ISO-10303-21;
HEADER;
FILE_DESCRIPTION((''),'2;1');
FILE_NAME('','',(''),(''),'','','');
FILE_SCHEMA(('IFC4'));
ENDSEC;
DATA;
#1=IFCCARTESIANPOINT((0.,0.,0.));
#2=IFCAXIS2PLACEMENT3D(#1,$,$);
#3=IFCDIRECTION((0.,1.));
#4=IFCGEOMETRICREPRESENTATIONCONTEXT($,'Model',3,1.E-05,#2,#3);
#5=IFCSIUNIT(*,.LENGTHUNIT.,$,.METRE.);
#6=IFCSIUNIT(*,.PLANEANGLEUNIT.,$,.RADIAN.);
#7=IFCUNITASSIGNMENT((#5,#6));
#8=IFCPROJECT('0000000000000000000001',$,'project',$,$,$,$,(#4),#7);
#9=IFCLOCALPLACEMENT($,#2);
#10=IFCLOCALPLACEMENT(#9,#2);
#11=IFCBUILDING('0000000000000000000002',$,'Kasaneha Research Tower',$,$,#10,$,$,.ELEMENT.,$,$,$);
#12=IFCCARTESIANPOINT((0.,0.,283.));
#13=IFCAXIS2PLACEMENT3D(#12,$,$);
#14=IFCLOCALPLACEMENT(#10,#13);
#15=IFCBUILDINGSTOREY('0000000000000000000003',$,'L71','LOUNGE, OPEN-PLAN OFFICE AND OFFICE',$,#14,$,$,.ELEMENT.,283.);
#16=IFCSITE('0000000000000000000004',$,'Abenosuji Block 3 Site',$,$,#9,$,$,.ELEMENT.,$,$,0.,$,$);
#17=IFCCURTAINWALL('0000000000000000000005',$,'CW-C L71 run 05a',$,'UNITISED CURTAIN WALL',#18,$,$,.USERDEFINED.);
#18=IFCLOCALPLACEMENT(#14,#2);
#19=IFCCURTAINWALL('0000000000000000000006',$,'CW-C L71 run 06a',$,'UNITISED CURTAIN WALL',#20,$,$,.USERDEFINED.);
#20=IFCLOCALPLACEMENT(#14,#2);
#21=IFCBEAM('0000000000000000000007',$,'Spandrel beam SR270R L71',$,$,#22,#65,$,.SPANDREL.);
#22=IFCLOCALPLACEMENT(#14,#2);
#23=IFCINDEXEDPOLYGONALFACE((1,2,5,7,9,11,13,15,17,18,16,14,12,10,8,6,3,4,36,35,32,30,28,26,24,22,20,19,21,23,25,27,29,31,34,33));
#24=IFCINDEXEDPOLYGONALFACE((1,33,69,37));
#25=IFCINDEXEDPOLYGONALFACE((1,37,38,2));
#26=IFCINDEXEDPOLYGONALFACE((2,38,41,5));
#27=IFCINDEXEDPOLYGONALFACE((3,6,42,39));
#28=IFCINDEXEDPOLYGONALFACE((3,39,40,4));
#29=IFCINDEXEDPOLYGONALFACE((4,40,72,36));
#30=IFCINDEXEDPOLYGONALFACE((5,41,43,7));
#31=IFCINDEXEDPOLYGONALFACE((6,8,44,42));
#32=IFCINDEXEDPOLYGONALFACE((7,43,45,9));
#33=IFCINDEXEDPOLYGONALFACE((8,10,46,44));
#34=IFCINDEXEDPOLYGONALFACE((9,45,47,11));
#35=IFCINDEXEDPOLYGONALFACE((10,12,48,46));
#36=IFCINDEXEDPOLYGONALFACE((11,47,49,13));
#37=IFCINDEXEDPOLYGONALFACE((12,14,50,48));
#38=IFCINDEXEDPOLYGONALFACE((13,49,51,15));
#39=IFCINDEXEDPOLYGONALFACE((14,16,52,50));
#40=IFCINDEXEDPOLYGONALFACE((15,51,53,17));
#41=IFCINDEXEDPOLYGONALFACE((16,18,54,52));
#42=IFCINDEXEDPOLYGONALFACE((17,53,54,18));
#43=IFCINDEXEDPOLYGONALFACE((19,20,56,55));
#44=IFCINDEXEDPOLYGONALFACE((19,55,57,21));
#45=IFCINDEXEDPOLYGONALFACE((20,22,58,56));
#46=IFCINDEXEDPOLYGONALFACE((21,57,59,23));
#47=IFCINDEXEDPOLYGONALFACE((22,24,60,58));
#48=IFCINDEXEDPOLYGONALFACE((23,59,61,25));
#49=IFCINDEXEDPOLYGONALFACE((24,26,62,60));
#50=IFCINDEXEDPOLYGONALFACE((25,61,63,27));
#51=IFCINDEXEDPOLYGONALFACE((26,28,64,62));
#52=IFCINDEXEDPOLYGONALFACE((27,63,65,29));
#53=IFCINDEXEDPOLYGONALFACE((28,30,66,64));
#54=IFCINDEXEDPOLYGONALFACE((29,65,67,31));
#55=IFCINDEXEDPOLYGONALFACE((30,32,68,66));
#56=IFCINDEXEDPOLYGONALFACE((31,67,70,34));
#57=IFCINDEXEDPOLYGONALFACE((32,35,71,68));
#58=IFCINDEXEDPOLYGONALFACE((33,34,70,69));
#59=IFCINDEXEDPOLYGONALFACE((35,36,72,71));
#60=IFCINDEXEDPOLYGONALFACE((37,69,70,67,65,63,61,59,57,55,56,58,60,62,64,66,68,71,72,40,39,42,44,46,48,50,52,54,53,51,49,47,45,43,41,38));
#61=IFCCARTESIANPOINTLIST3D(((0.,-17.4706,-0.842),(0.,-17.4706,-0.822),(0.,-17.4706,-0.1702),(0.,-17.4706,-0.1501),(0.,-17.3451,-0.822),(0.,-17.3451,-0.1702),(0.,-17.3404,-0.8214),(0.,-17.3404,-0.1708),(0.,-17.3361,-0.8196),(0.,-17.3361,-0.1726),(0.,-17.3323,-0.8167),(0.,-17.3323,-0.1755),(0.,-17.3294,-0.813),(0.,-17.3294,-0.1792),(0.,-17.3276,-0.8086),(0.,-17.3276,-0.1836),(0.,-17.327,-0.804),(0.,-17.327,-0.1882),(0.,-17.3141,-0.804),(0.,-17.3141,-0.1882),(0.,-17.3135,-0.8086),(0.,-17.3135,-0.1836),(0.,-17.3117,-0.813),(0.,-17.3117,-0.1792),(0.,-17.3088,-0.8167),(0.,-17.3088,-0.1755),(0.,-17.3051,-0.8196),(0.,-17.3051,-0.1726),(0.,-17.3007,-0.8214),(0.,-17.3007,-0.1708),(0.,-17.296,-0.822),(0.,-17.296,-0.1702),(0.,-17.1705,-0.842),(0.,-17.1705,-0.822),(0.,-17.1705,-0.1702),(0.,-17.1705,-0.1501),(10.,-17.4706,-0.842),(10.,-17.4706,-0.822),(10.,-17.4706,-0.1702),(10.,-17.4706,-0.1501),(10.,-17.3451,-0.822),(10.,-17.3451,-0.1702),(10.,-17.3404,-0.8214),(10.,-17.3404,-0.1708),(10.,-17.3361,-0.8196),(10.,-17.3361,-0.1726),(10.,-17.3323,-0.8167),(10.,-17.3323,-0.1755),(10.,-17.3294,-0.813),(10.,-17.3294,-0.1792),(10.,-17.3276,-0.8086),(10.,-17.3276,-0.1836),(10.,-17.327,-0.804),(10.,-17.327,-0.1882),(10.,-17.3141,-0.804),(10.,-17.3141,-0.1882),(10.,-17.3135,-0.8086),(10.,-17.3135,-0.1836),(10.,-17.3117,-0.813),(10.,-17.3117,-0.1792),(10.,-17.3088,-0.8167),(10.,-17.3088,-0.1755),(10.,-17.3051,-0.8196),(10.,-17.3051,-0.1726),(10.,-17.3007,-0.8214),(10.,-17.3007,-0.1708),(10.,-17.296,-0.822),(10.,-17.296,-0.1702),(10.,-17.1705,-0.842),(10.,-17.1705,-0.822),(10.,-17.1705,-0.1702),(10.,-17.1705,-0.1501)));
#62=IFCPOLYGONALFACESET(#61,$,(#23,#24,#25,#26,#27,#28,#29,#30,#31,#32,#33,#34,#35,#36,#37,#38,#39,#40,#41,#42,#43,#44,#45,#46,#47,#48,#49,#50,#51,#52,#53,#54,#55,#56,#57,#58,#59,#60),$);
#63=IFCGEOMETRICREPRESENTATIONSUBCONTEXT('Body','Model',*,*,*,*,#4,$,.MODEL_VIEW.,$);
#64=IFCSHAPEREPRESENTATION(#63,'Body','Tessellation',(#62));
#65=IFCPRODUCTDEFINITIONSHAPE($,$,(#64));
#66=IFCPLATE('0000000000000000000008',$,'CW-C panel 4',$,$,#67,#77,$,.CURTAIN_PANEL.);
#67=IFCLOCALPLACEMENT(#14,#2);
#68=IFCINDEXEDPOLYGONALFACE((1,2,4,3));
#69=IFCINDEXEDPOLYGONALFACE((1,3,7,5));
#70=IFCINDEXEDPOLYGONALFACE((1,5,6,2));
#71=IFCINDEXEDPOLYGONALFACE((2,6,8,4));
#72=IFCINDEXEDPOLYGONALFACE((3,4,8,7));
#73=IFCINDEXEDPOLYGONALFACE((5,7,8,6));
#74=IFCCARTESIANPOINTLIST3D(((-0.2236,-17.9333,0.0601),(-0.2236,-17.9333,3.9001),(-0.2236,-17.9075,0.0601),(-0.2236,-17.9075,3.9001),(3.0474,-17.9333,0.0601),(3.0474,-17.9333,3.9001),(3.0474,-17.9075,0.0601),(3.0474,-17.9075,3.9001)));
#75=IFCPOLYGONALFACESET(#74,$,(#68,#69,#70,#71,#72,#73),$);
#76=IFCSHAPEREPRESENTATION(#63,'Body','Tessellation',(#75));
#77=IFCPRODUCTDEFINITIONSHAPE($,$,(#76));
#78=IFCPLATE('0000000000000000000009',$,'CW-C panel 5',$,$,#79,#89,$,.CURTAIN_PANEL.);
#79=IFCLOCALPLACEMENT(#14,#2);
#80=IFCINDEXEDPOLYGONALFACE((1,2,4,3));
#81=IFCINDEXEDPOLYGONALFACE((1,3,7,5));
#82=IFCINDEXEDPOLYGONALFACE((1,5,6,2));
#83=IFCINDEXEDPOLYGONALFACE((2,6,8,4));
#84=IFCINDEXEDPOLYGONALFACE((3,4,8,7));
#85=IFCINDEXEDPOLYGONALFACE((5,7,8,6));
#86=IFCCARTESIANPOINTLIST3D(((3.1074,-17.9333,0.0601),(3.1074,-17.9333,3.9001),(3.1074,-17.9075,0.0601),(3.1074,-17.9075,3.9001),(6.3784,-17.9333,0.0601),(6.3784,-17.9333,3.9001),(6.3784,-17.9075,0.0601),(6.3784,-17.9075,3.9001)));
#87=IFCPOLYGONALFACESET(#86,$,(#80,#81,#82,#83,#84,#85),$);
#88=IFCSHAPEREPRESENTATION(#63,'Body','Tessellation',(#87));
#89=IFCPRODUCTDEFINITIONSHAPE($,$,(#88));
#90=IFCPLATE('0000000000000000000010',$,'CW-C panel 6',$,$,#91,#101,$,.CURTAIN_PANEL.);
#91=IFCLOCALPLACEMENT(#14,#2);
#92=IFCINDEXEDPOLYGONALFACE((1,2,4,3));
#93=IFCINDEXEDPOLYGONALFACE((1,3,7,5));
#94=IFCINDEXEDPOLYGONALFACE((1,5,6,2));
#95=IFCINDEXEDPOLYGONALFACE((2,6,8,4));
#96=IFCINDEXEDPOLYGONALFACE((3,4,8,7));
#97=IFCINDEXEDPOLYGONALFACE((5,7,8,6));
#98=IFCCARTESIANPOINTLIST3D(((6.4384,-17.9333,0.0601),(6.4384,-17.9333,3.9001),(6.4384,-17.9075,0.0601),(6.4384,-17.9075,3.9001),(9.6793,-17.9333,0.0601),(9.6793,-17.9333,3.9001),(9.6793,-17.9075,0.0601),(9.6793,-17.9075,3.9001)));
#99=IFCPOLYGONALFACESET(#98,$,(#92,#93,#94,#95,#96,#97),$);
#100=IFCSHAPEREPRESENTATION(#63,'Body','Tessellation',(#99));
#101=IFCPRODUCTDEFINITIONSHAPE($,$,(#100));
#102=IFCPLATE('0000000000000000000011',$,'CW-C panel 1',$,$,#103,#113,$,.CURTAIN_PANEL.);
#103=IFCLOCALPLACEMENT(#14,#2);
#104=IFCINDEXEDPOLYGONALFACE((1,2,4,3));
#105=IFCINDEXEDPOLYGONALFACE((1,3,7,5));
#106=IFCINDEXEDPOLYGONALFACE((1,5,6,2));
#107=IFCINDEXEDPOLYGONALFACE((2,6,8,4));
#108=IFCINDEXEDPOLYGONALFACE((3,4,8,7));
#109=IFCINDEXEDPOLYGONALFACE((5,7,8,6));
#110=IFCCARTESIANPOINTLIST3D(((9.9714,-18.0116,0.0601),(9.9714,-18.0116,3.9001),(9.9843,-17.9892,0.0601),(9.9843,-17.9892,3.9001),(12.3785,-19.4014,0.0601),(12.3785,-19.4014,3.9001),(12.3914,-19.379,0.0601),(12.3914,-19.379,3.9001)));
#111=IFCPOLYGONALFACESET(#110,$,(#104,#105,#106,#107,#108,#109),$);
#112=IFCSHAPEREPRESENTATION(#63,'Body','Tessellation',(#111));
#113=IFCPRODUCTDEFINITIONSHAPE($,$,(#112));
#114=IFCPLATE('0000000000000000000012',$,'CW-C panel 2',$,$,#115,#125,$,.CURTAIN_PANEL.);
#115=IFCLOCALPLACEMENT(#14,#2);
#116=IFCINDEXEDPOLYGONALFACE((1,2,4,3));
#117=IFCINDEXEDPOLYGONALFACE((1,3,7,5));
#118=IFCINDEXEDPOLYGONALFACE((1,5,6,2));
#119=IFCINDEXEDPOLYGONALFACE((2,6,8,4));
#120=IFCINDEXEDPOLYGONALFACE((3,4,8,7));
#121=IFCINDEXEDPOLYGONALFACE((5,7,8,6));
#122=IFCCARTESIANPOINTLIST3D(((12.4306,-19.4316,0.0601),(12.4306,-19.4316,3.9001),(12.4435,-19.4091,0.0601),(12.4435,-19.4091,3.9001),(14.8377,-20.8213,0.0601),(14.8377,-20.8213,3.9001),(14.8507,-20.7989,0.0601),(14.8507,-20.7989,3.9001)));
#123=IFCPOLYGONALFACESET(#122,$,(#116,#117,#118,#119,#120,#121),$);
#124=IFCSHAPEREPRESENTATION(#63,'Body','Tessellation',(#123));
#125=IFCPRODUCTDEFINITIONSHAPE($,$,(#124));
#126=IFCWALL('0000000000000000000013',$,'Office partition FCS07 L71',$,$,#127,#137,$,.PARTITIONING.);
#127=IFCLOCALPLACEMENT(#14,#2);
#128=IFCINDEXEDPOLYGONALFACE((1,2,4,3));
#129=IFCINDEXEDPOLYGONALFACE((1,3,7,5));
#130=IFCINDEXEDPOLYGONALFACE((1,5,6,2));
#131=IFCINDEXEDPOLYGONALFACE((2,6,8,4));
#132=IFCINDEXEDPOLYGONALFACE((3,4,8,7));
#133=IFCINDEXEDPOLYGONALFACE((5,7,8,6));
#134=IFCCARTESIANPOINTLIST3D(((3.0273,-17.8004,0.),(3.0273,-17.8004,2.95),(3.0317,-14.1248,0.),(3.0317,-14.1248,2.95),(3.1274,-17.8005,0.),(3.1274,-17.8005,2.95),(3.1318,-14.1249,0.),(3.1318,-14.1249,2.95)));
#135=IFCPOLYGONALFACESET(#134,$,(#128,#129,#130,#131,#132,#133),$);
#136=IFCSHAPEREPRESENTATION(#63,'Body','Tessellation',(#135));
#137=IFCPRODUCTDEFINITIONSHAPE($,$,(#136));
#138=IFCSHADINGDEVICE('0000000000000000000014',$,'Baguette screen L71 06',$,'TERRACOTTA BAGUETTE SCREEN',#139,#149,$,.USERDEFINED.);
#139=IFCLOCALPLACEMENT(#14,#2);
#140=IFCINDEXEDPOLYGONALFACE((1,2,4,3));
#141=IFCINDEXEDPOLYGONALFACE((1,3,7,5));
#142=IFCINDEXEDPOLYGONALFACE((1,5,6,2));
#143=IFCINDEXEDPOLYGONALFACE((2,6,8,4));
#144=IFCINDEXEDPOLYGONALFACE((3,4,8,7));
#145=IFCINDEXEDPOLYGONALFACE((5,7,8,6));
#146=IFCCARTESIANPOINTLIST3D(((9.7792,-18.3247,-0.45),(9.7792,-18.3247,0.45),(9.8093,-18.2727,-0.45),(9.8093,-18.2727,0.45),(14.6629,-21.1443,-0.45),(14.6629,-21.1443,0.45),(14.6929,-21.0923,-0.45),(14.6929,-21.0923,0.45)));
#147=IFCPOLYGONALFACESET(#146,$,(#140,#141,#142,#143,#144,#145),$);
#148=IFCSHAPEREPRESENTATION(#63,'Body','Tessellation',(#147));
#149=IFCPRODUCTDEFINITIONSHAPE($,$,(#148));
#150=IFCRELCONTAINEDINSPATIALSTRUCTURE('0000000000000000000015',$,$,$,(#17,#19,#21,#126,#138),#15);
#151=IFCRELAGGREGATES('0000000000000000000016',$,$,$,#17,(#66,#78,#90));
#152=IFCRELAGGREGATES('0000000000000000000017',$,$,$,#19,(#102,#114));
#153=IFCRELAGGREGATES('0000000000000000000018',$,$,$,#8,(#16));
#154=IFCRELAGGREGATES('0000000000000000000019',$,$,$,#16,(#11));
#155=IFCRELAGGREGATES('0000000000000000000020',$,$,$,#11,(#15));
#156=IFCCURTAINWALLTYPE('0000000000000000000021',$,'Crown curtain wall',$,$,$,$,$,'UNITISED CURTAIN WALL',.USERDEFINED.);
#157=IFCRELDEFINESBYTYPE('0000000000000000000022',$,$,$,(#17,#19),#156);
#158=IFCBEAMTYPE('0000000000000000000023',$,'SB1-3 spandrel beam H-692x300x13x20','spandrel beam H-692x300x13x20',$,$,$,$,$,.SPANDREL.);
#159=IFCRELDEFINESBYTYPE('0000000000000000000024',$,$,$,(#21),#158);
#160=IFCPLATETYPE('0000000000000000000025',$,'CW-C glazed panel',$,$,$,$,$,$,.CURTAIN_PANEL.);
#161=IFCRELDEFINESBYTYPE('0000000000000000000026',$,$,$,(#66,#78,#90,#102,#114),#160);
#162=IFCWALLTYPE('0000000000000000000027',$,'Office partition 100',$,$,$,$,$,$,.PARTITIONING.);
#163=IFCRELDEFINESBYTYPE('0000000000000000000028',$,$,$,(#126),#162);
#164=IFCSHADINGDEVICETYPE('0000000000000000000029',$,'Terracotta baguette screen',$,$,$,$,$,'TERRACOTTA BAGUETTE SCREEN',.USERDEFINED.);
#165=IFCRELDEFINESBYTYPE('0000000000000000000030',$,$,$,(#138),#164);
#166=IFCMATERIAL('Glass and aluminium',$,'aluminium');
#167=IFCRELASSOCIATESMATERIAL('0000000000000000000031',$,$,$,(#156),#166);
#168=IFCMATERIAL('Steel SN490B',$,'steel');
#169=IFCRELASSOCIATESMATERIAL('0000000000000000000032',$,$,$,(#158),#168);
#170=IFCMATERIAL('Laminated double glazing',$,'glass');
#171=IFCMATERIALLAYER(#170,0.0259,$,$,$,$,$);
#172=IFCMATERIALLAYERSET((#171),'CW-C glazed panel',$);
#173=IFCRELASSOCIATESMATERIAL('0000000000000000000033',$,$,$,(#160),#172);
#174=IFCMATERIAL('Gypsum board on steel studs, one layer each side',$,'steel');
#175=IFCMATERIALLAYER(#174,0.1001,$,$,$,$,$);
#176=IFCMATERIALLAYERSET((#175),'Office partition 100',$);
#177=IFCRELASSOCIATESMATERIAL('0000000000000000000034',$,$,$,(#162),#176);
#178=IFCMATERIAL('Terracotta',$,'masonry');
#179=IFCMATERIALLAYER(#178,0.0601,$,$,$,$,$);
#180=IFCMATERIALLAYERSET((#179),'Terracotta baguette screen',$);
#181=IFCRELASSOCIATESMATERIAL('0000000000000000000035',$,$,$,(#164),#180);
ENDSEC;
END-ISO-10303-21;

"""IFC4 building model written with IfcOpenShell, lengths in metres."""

from ifc_helpers import new_model, si_unit, direction, frame, frame_2d, origin, origin_2d, place, context, subcontext, project, spatial, rectangle, i_section, extrude, material, layer, layer_set, material_profile, profile_set, type_object, element, aggregate, save


model = new_model("IFC4")

# Units and contexts
model_context = context("Model", 3, precision=1e-05, world=origin(), true_north=direction((0.0, 1.0)))
body_context = subcontext(model_context, "Body", "Model", "MODEL_VIEW")
ifc_project = project(units=[si_unit("LENGTHUNIT", "METRE"), si_unit("PLANEANGLEUNIT", "RADIAN")], contexts=[model_context])

# Site, building, storey
site_placement = place(None, origin())
site = spatial("IfcSite", under=ifc_project, at=site_placement, Name="Abenosuji Block 3 Site", CompositionType="ELEMENT", RefElevation=0.0)
building_placement = place(site_placement, origin())
building = spatial("IfcBuilding", under=site, at=building_placement, Name="Kasaneha Research Tower", CompositionType="ELEMENT")
storey_placement = place(building_placement, frame((0.0, 0.0, 283.0)))
storey = spatial("IfcBuildingStorey", under=building, at=storey_placement, Name="L71", Description="LOUNGE, OPEN-PLAN OFFICE AND OFFICE", CompositionType="ELEMENT", Elevation=283.0)

# Curtain walls
ifc_material_1 = material(Name="Glass and aluminium", Category="aluminium")
curtain_wall_type = type_object("IfcCurtainWallType", Name="Crown curtain wall", ElementType="UNITISED CURTAIN WALL", PredefinedType="USERDEFINED", material=ifc_material_1)
curtain_wall_1_placement = place(storey_placement, origin())
curtain_wall_1 = element("IfcCurtainWall", 1, at=curtain_wall_1_placement, inside=storey, type_object=curtain_wall_type, Name="CW-C L71 run 05a", ObjectType="UNITISED CURTAIN WALL", PredefinedType="USERDEFINED")
curtain_wall_2_placement = place(storey_placement, origin())
curtain_wall_2 = element("IfcCurtainWall", 2, at=curtain_wall_2_placement, inside=storey, type_object=curtain_wall_type, Name="CW-C L71 run 06a", ObjectType="UNITISED CURTAIN WALL", PredefinedType="USERDEFINED")

# Beam
ifc_material_2 = material(Name="Steel SN490B", Category="steel")
ifc_material_profile_1 = material_profile(ifc_material_2, i_section(OverallWidth=0.3, OverallDepth=0.6919, WebThickness=0.0129, FlangeThickness=0.02, FilletRadius=0.0181, at=origin_2d()), Name="H-692x300x13x20")
ifc_profile_set_1 = profile_set([ifc_material_profile_1], Name="Steel SN490B")
beam_type_1 = type_object("IfcBeamType", Name="SB1-3 spandrel beam H-692x300x13x20", Description="spandrel beam H-692x300x13x20", PredefinedType="SPANDREL", material=ifc_profile_set_1)
beam_1_placement = place(storey_placement, frame((10.0, -17.3206, -0.4961), z_axis=(-1.0, 0.0, 0.0), x_axis=(0.0, -1.0, 0.0)))
element("IfcBeam", 3, at=beam_1_placement, inside=storey, type_object=beam_type_1, Name="Spandrel beam SR270R L71", PredefinedType="SPANDREL", context=body_context, shape_type="SweptSolid", body=[
    extrude(i_section(OverallWidth=0.3, OverallDepth=0.6919, WebThickness=0.0129, FlangeThickness=0.02, FilletRadius=0.0181, at=origin_2d()), origin(), (0.0, 0.0, 1.0), 10.0),
])

# Plates
ifc_material_3 = material(Name="Laminated double glazing", Category="glass")
ifc_layer_1 = layer(ifc_material_3, 0.0259)
ifc_layer_set_1 = layer_set([ifc_layer_1], Name="CW-C glazed panel")
plate_type = type_object("IfcPlateType", Name="CW-C glazed panel", PredefinedType="CURTAIN_PANEL", material=ifc_layer_set_1)
plate_1_placement = place(storey_placement, frame((1.4119, -17.9204, 0.0601), z_axis=(0.0, 0.0, 1.0), x_axis=(1.0, 0.0, 0.0)))
plate_1 = element("IfcPlate", 4, at=plate_1_placement, type_object=plate_type, Name="CW-C panel 4", PredefinedType="CURTAIN_PANEL", context=body_context, shape_type="SweptSolid", body=[
    extrude(rectangle(XDim=3.271, YDim=0.0259, at=origin_2d()), origin(), (0.0, 0.0, 1.0), 3.8401),
])
plate_2_placement = place(storey_placement, frame((4.7429, -17.9204, 0.0601), z_axis=(0.0, 0.0, 1.0), x_axis=(1.0, 0.0, 0.0)))
plate_2 = element("IfcPlate", 5, at=plate_2_placement, type_object=plate_type, Name="CW-C panel 5", PredefinedType="CURTAIN_PANEL", context=body_context, shape_type="SweptSolid", body=[
    extrude(rectangle(XDim=3.271, YDim=0.0259, at=origin_2d()), origin(), (0.0, 0.0, 1.0), 3.8401),
])
plate_3_placement = place(storey_placement, frame((8.0588, -17.9204, 0.0601), z_axis=(0.0, 0.0, 1.0), x_axis=(1.0, 0.0, 0.0)))
plate_3 = element("IfcPlate", 6, at=plate_3_placement, type_object=plate_type, Name="CW-C panel 6", PredefinedType="CURTAIN_PANEL", context=body_context, shape_type="SweptSolid", body=[
    extrude(rectangle(XDim=3.241, YDim=0.0259, at=origin_2d()), origin(), (0.0, 0.0, 1.0), 3.8401),
])
aggregate(curtain_wall_1, [plate_1, plate_2, plate_3])
plate_4_placement = place(storey_placement, frame((11.1814, -18.6953, 0.0601), z_axis=(0.0, 0.0, 1.0), x_axis=(0.866025, -0.5, 0.0)))
plate_4 = element("IfcPlate", 7, at=plate_4_placement, type_object=plate_type, Name="CW-C panel 1", PredefinedType="CURTAIN_PANEL", context=body_context, shape_type="SweptSolid", body=[
    extrude(rectangle(XDim=2.7795, YDim=0.0259, at=origin_2d()), origin(), (0.0, 0.0, 1.0), 3.8401),
])
plate_5_placement = place(storey_placement, frame((13.6406, -20.1152, 0.0601), z_axis=(0.0, 0.0, 1.0), x_axis=(0.866025, -0.5, 0.0)))
plate_5 = element("IfcPlate", 8, at=plate_5_placement, type_object=plate_type, Name="CW-C panel 2", PredefinedType="CURTAIN_PANEL", context=body_context, shape_type="SweptSolid", body=[
    extrude(rectangle(XDim=2.7795, YDim=0.0259, at=origin_2d()), origin(), (0.0, 0.0, 1.0), 3.8401),
])
aggregate(curtain_wall_2, [plate_4, plate_5])

# Wall
ifc_material_4 = material(Name="Gypsum board on steel studs, one layer each side", Category="steel")
ifc_layer_2 = layer(ifc_material_4, 0.1001)
ifc_layer_set_2 = layer_set([ifc_layer_2], Name="Office partition 100")
wall_type = type_object("IfcWallType", Name="Office partition 100", PredefinedType="PARTITIONING", material=ifc_layer_set_2)
wall_placement = place(storey_placement, frame((3.0774, -17.8005, 0.0), z_axis=(0.0, 0.0, 1.0), x_axis=(0.001196, 0.999999, 0.0)))
element("IfcWall", 9, at=wall_placement, inside=storey, type_object=wall_type, Name="Office partition FCS07 L71", PredefinedType="PARTITIONING", context=body_context, shape_type="SweptSolid", body=[
    extrude(rectangle(XDim=3.6755, YDim=0.1001, at=frame_2d((1.8379, 0.0))), origin(), (0.0, 0.0, 1.0), 2.95),
])

# Shading device
ifc_material_5 = material(Name="Terracotta", Category="masonry")
ifc_layer_3 = layer(ifc_material_5, 0.0601)
ifc_layer_set_3 = layer_set([ifc_layer_3], Name="Terracotta baguette screen")
shading_device_type = type_object("IfcShadingDeviceType", Name="Terracotta baguette screen", ElementType="TERRACOTTA BAGUETTE SCREEN", PredefinedType="USERDEFINED", material=ifc_layer_set_3)
shading_device_placement = place(storey_placement, frame((12.2361, -19.7085, -0.45), z_axis=(0.0, 0.0, 1.0), x_axis=(0.866025, -0.5, 0.0)))
element("IfcShadingDevice", 10, at=shading_device_placement, inside=storey, type_object=shading_device_type, Name="Baguette screen L71 06", ObjectType="TERRACOTTA BAGUETTE SCREEN", PredefinedType="USERDEFINED", context=body_context, shape_type="SweptSolid", body=[
    extrude(rectangle(XDim=5.6392, YDim=0.0601, at=origin_2d()), origin(), (0.0, 0.0, 1.0), 0.8999),
])

save(model, "model.ifc")
